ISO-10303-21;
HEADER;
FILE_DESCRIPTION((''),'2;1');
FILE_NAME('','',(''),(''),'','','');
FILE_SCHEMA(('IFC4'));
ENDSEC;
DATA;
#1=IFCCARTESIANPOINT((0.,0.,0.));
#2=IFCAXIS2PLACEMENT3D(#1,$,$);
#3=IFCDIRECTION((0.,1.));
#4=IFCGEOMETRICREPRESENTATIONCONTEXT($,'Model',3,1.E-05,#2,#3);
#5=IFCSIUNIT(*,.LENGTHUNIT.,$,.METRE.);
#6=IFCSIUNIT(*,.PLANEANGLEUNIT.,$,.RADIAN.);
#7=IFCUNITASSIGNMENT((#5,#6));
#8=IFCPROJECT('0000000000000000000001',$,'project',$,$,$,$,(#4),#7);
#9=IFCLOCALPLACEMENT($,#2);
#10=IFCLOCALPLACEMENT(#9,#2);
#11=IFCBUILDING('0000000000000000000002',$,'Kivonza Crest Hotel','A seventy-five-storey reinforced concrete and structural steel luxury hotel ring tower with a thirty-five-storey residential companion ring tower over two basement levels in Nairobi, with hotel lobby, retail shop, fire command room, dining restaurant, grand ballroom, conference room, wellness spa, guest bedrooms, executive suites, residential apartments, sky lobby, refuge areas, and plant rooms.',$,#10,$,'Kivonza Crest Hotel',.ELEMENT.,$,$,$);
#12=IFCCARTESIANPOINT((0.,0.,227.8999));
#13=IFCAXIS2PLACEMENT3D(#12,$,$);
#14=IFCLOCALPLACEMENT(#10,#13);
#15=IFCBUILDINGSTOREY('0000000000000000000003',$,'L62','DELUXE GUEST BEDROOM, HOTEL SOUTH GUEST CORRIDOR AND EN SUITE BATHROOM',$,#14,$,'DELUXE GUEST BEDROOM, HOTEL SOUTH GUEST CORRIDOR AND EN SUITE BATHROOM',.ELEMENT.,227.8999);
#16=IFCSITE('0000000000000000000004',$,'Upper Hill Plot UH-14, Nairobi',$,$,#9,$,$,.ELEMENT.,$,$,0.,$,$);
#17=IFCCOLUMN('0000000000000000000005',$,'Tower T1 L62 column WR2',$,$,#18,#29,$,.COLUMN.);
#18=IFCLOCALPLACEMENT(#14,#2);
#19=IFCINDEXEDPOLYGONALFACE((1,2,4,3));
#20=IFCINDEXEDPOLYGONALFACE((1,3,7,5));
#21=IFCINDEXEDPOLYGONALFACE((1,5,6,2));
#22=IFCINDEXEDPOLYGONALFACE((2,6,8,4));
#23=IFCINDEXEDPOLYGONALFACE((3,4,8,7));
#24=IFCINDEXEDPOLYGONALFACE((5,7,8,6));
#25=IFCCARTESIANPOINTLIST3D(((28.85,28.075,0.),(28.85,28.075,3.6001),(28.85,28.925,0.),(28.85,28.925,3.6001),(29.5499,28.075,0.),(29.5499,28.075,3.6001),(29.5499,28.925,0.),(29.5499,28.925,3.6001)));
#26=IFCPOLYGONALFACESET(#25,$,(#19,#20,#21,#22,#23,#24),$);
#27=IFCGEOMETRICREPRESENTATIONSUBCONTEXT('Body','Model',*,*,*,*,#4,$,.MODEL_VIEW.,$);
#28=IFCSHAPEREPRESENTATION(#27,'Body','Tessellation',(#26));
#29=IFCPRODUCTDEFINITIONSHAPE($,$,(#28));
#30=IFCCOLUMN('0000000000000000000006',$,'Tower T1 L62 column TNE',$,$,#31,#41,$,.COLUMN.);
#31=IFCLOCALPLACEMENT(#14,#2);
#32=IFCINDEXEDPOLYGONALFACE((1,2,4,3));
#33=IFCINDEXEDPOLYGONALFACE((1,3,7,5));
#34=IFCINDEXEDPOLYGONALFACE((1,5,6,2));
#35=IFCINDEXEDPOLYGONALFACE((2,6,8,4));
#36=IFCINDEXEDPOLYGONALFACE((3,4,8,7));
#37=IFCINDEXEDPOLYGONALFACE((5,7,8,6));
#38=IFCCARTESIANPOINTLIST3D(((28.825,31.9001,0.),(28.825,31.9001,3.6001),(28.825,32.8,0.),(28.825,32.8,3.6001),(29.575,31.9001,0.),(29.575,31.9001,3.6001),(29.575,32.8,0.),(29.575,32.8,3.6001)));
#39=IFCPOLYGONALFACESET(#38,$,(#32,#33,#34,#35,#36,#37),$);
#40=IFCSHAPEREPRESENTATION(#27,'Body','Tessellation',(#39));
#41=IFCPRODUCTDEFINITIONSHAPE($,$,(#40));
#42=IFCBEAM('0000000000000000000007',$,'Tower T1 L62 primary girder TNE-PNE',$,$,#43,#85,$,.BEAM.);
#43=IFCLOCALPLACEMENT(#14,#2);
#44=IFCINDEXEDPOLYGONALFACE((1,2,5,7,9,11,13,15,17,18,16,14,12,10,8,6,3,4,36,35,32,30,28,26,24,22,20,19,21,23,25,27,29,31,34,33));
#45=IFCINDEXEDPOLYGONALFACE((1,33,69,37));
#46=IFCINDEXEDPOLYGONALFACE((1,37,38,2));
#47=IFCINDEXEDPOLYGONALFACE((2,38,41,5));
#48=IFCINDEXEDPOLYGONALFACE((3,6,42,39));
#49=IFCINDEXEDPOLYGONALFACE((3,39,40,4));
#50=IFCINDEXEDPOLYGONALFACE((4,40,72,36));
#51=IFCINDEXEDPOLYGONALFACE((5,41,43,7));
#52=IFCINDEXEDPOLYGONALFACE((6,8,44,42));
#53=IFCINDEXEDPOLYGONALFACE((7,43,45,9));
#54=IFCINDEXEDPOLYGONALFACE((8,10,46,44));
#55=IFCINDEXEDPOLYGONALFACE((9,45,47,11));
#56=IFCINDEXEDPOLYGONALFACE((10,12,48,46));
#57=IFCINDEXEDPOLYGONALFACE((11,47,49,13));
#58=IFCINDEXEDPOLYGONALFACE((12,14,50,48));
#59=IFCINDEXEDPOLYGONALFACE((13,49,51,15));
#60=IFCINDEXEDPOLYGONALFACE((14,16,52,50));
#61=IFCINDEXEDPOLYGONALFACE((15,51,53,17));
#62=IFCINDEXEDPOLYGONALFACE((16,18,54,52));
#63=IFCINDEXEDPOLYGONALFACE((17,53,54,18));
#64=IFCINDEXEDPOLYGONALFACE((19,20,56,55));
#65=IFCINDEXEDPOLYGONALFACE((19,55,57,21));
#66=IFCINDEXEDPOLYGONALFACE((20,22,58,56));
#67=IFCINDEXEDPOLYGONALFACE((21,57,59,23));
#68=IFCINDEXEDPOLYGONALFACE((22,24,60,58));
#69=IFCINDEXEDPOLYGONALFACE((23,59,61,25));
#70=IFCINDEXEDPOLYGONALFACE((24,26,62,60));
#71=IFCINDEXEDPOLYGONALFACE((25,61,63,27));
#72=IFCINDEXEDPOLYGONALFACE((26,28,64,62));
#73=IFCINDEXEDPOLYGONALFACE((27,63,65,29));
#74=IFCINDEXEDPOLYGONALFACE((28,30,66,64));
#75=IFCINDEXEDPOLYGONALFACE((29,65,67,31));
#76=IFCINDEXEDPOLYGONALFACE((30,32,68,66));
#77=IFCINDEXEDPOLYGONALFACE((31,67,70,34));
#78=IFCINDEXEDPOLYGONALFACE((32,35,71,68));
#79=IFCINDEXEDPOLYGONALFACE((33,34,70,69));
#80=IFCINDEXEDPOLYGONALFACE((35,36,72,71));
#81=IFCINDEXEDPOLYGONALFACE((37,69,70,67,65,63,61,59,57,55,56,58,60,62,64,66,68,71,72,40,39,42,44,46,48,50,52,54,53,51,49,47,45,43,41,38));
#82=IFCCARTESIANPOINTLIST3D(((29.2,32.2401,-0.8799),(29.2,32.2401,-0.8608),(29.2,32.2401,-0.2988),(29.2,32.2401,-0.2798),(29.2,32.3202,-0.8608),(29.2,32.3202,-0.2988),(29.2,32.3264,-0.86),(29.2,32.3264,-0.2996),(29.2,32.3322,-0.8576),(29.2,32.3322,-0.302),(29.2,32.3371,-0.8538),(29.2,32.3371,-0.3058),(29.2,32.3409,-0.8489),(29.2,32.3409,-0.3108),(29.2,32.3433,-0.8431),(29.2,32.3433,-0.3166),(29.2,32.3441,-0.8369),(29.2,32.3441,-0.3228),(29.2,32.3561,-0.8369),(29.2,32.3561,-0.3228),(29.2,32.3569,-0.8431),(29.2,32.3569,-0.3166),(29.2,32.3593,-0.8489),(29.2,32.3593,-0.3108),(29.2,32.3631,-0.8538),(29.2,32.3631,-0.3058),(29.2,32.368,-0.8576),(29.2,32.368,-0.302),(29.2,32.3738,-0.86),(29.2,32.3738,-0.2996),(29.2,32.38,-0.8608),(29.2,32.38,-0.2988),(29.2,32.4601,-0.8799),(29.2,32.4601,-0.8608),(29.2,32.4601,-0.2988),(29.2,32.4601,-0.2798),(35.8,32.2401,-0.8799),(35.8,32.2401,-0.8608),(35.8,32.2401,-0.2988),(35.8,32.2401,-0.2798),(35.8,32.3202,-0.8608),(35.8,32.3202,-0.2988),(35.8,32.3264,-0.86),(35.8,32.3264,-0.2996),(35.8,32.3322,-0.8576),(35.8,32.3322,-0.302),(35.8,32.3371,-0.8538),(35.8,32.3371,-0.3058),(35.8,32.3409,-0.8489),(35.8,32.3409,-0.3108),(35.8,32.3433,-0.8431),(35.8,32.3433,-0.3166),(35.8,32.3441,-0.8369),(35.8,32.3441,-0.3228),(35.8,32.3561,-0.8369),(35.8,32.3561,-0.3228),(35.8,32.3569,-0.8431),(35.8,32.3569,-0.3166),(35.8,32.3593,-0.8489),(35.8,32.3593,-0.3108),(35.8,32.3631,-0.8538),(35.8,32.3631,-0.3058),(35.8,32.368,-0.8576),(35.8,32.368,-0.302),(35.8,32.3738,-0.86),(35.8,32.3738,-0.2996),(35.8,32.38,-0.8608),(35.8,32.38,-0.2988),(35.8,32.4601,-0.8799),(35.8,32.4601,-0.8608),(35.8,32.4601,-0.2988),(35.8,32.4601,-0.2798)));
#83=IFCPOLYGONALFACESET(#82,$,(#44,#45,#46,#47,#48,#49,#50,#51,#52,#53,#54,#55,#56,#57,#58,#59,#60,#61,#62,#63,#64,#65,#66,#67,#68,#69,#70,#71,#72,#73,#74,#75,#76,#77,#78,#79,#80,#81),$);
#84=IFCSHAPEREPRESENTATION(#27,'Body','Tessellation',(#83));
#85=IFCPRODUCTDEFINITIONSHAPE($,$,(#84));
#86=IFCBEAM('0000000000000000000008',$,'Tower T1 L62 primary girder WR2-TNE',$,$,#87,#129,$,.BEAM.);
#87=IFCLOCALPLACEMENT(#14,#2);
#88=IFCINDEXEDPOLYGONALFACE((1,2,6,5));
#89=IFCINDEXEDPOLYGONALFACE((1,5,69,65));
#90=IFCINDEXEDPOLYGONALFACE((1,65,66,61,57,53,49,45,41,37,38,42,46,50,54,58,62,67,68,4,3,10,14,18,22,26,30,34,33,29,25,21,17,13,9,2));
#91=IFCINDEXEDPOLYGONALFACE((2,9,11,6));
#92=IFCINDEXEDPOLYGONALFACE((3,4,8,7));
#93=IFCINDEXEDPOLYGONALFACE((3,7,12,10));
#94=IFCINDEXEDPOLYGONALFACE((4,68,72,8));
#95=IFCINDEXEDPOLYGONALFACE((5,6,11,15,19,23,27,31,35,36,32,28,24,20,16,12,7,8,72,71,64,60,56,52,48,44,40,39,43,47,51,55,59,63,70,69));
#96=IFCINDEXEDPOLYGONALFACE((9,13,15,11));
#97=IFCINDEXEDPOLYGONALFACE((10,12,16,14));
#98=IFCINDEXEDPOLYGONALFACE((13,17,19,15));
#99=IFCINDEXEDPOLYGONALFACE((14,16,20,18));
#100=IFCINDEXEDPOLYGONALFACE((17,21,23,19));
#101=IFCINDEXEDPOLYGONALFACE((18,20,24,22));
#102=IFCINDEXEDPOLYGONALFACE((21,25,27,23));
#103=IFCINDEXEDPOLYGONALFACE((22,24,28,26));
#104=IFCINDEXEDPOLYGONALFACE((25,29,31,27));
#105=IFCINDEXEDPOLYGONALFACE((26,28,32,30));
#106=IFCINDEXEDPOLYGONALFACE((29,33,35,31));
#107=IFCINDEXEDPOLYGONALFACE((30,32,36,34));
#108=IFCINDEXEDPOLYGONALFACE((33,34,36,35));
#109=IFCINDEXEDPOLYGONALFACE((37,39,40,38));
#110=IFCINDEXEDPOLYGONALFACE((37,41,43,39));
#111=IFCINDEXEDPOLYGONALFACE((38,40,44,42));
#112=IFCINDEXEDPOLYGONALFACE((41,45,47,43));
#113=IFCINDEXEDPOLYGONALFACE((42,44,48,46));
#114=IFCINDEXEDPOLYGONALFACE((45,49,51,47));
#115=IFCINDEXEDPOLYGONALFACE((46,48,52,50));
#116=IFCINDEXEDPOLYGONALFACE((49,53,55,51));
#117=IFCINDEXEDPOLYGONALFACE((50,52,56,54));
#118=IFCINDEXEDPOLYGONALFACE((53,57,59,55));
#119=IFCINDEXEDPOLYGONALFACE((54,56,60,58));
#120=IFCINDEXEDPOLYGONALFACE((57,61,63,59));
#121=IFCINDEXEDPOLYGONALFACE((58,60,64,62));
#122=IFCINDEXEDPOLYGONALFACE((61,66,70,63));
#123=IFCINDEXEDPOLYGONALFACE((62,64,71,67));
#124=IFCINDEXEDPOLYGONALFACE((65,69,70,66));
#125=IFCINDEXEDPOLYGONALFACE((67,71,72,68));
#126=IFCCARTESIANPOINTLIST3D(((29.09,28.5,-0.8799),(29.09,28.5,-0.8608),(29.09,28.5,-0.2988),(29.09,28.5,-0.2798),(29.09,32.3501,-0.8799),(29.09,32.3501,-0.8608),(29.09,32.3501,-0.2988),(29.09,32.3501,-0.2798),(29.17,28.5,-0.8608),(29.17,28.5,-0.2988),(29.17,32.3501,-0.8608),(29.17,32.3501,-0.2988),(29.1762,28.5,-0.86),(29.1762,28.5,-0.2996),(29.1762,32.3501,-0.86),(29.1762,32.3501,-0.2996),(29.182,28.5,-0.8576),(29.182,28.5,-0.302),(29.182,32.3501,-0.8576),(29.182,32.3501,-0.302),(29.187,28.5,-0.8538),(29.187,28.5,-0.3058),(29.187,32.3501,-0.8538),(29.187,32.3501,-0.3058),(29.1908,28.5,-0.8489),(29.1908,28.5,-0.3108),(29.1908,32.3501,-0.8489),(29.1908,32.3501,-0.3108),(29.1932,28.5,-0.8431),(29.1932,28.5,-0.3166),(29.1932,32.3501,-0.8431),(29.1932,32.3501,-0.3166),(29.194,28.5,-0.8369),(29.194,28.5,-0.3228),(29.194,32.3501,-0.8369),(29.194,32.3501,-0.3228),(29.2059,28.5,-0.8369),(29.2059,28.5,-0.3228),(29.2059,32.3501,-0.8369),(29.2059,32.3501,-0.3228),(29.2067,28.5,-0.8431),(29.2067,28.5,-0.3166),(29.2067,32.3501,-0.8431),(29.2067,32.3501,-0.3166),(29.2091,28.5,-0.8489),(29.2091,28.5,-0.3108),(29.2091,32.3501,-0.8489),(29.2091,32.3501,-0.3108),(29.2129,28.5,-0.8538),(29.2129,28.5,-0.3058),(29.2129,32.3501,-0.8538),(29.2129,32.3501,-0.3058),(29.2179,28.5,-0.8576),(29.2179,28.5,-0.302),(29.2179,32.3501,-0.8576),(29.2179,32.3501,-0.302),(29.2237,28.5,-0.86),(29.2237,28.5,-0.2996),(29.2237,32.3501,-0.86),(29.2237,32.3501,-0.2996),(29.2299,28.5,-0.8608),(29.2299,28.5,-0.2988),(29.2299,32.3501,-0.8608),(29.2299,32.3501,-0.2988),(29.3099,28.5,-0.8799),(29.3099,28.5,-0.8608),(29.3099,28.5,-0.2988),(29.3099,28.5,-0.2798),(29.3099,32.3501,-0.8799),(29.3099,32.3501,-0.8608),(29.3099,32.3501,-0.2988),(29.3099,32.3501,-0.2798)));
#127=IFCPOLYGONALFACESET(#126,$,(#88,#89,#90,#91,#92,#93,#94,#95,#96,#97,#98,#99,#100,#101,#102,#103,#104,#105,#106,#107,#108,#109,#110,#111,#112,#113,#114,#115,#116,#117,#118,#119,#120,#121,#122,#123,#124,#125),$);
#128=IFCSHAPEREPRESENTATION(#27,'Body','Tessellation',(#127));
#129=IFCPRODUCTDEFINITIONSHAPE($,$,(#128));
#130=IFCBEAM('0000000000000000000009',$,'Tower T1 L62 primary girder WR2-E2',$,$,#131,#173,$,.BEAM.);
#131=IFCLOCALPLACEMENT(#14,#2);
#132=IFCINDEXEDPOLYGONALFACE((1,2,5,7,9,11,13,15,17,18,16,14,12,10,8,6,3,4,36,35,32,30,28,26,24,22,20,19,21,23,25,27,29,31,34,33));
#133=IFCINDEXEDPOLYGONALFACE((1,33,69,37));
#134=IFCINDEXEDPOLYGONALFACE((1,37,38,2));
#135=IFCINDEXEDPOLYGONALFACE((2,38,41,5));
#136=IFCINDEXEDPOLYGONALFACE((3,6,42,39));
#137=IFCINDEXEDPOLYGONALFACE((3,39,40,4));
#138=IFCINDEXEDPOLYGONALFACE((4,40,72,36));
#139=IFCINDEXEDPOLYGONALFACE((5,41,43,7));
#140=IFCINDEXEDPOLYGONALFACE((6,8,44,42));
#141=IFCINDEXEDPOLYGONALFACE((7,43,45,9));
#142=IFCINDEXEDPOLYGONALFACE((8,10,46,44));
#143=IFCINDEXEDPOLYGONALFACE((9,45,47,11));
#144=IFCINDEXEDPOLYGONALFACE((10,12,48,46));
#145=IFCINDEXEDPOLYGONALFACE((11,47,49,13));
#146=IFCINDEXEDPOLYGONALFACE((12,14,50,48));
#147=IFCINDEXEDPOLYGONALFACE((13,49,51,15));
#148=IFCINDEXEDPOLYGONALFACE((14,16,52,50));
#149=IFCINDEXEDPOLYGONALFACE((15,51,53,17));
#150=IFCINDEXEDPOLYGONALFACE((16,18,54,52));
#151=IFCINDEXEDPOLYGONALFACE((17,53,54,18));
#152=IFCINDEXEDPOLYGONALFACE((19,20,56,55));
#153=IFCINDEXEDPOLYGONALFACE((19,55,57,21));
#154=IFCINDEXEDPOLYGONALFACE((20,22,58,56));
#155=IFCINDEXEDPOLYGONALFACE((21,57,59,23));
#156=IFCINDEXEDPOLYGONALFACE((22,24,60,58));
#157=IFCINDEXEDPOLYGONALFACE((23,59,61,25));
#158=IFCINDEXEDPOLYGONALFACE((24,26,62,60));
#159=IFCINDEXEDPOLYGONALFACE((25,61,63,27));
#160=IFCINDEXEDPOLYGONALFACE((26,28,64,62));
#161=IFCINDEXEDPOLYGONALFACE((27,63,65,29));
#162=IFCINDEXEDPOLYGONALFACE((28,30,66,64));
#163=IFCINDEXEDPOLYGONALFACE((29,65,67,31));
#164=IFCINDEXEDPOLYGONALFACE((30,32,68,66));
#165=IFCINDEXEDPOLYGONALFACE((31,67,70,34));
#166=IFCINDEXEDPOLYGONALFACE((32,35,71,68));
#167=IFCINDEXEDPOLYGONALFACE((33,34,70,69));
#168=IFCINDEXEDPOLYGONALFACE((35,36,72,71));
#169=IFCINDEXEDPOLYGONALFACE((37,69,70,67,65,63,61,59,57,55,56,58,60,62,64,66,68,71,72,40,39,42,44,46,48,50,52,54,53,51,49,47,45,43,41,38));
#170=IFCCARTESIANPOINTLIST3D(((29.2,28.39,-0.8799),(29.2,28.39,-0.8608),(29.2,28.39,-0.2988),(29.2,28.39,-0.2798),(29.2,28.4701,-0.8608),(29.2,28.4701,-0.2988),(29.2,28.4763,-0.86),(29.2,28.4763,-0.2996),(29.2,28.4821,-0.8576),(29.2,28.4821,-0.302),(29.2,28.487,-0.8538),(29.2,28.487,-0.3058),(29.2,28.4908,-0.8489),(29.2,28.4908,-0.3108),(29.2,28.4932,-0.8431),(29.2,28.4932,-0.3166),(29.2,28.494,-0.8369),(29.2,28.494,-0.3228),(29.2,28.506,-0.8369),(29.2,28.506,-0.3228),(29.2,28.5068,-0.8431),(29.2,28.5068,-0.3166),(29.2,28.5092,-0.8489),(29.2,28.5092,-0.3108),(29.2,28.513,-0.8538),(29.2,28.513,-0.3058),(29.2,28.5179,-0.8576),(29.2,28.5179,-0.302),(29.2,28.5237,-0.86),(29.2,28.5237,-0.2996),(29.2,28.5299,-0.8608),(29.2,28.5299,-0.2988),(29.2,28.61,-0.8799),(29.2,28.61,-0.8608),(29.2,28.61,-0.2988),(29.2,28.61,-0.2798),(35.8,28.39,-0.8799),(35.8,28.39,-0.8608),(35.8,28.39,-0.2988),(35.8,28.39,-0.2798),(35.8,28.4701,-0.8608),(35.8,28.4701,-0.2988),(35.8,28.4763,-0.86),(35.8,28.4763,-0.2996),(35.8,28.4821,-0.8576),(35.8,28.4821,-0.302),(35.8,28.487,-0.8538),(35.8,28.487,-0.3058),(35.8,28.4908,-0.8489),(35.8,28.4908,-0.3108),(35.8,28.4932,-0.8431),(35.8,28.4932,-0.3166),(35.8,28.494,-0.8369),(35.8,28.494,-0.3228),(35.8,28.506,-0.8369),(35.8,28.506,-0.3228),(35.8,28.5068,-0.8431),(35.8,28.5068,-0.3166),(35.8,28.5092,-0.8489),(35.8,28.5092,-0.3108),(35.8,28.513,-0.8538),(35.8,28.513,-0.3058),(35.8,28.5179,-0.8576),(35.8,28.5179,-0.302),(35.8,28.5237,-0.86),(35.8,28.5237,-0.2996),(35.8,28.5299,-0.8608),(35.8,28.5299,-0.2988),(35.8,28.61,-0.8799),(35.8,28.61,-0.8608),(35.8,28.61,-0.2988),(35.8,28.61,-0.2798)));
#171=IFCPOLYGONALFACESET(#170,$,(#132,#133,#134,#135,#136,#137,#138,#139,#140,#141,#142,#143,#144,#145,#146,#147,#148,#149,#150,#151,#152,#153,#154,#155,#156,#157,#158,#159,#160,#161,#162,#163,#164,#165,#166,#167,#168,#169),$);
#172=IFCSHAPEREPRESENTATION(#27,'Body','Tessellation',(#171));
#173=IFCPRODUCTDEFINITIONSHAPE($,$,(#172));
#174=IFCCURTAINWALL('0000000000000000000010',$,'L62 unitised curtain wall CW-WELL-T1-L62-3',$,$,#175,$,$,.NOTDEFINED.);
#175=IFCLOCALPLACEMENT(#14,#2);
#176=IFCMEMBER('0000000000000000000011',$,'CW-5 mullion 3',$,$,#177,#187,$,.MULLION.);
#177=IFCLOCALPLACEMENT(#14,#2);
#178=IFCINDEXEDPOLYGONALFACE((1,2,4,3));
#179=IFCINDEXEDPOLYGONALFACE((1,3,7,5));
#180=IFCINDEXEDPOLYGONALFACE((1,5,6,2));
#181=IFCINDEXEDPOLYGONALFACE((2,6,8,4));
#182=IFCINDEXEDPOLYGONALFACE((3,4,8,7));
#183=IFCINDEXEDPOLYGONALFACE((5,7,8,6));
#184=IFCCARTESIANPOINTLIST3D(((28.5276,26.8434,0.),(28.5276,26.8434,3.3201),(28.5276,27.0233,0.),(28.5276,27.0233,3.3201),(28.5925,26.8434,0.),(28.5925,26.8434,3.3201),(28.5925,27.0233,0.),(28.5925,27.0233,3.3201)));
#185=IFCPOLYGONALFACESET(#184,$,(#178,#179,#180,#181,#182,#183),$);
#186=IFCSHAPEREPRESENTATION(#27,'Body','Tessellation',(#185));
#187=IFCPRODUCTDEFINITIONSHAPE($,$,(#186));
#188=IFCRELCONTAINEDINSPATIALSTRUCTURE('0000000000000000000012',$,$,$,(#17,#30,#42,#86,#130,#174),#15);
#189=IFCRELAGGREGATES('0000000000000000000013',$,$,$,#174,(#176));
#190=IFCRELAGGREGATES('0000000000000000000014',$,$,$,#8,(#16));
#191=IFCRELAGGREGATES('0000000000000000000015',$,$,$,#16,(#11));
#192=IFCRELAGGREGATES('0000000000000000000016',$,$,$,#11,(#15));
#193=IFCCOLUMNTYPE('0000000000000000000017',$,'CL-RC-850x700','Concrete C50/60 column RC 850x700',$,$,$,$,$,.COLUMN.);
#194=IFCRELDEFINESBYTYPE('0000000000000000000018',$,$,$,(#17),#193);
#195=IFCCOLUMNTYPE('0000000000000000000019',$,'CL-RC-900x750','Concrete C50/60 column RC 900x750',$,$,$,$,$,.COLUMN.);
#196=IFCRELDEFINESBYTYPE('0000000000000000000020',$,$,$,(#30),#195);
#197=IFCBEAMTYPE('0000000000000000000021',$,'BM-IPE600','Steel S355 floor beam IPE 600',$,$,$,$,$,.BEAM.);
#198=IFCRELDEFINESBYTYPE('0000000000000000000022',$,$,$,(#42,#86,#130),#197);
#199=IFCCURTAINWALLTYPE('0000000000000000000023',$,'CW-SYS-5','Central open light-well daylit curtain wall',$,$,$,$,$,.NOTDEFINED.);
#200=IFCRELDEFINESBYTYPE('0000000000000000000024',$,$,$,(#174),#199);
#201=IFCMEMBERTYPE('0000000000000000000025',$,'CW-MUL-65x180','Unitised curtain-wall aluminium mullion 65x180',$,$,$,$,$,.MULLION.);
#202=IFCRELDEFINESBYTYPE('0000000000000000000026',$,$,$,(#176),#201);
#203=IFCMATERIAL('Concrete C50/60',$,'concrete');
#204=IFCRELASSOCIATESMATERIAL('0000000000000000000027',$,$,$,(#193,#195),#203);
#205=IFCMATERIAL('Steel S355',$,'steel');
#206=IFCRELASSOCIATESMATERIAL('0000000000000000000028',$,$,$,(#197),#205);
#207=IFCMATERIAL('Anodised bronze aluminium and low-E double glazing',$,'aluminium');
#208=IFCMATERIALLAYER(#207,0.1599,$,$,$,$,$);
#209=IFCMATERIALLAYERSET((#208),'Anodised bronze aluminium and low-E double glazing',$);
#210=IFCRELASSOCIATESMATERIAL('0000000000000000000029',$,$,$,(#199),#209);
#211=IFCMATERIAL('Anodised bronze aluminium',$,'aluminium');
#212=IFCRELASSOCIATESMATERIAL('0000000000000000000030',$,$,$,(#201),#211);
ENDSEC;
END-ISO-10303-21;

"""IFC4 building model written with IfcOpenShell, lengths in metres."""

from ifc_helpers import new_model, si_unit, direction, frame, origin, origin_2d, place, context, subcontext, project, spatial, rectangle, i_section, extrude, material, layer, layer_set, material_profile, profile_set, type_object, element, aggregate, save


model = new_model("IFC4")

# Units and contexts
model_context = context("Model", 3, precision=1e-05, world=origin(), true_north=direction((0.0, 1.0)))
body_context = subcontext(model_context, "Body", "Model", "MODEL_VIEW")
ifc_project = project(units=[si_unit("LENGTHUNIT", "METRE"), si_unit("PLANEANGLEUNIT", "RADIAN")], contexts=[model_context])

# Site, building, storey
site_placement = place(None, origin())
site = spatial("IfcSite", under=ifc_project, at=site_placement, Name="Upper Hill Plot UH-14, Nairobi", CompositionType="ELEMENT", RefElevation=0.0)
building_placement = place(site_placement, origin())
building = spatial("IfcBuilding", under=site, at=building_placement, Name="Kivonza Crest Hotel", Description="A seventy-five-storey reinforced concrete and structural steel luxury hotel ring tower with a thirty-five-storey residential companion ring tower over two basement levels in Nairobi, with hotel lobby, retail shop, fire command room, dining restaurant, grand ballroom, conference room, wellness spa, guest bedrooms, executive suites, residential apartments, sky lobby, refuge areas, and plant rooms.", LongName="Kivonza Crest Hotel", CompositionType="ELEMENT")
storey_placement = place(building_placement, frame((0.0, 0.0, 227.8999)))
storey = spatial("IfcBuildingStorey", under=building, at=storey_placement, Name="L62", Description="DELUXE GUEST BEDROOM, HOTEL SOUTH GUEST CORRIDOR AND EN SUITE BATHROOM", LongName="DELUXE GUEST BEDROOM, HOTEL SOUTH GUEST CORRIDOR AND EN SUITE BATHROOM", CompositionType="ELEMENT", Elevation=227.8999)

# Columns
ifc_material_1 = material(Name="Concrete C50/60", Category="concrete")
ifc_material_profile_1 = material_profile(ifc_material_1, rectangle(XDim=0.7, YDim=0.8501, at=origin_2d()), Name="RC 850x700")
ifc_profile_set_1 = profile_set([ifc_material_profile_1], Name="Concrete C50/60")
column_type_1 = type_object("IfcColumnType", Name="CL-RC-850x700", Description="Concrete C50/60 column RC 850x700", PredefinedType="COLUMN", material=ifc_profile_set_1)
column_1_placement = place(storey_placement, frame((29.2, 28.5, 0.0), z_axis=(0.0, 0.0, 1.0), x_axis=(1.0, 0.0, 0.0)))
element("IfcColumn", 1, at=column_1_placement, inside=storey, type_object=column_type_1, Name="Tower T1 L62 column WR2", PredefinedType="COLUMN", context=body_context, shape_type="SweptSolid", body=[
    extrude(rectangle(XDim=0.7, YDim=0.8501, at=origin_2d()), origin(), (0.0, 0.0, 1.0), 3.6001),
])
ifc_material_profile_2 = material_profile(ifc_material_1, rectangle(XDim=0.75, YDim=0.8999, at=origin_2d()), Name="RC 900x750")
ifc_profile_set_2 = profile_set([ifc_material_profile_2], Name="Concrete C50/60")
column_type_2 = type_object("IfcColumnType", Name="CL-RC-900x750", Description="Concrete C50/60 column RC 900x750", PredefinedType="COLUMN", material=ifc_profile_set_2)
column_2_placement = place(storey_placement, frame((29.2, 32.3501, 0.0), z_axis=(0.0, 0.0, 1.0), x_axis=(1.0, 0.0, 0.0)))
element("IfcColumn", 2, at=column_2_placement, inside=storey, type_object=column_type_2, Name="Tower T1 L62 column TNE", PredefinedType="COLUMN", context=body_context, shape_type="SweptSolid", body=[
    extrude(rectangle(XDim=0.75, YDim=0.8999, at=origin_2d()), origin(), (0.0, 0.0, 1.0), 3.6001),
])

# Beams
ifc_material_2 = material(Name="Steel S355", Category="steel")
ifc_material_profile_3 = material_profile(ifc_material_2, i_section(OverallWidth=0.22, OverallDepth=0.6001, WebThickness=0.012, FlangeThickness=0.019, FilletRadius=0.0239, at=origin_2d()), Name="IPE 600")
ifc_profile_set_3 = profile_set([ifc_material_profile_3], Name="Steel S355")
beam_type = type_object("IfcBeamType", Name="BM-IPE600", Description="Steel S355 floor beam IPE 600", PredefinedType="BEAM", material=ifc_profile_set_3)
beam_1_placement = place(storey_placement, frame((29.2, 32.3501, -0.5798), z_axis=(1.0, 0.0, 0.0), x_axis=(0.0, 1.0, 0.0)))
element("IfcBeam", 3, at=beam_1_placement, inside=storey, type_object=beam_type, Name="Tower T1 L62 primary girder TNE-PNE", PredefinedType="BEAM", context=body_context, shape_type="SweptSolid", body=[
    extrude(i_section(OverallWidth=0.22, OverallDepth=0.6001, WebThickness=0.012, FlangeThickness=0.019, FilletRadius=0.0239, at=origin_2d()), origin(), (0.0, 0.0, 1.0), 6.6001),
])
beam_2_placement = place(storey_placement, frame((29.2, 28.5, -0.5798), z_axis=(0.0, 1.0, 0.0), x_axis=(-1.0, 0.0, 0.0)))
element("IfcBeam", 4, at=beam_2_placement, inside=storey, type_object=beam_type, Name="Tower T1 L62 primary girder WR2-TNE", PredefinedType="BEAM", context=body_context, shape_type="SweptSolid", body=[
    extrude(i_section(OverallWidth=0.22, OverallDepth=0.6001, WebThickness=0.012, FlangeThickness=0.019, FilletRadius=0.0239, at=origin_2d()), origin(), (0.0, 0.0, 1.0), 3.8501),
])
beam_3_placement = place(storey_placement, frame((29.2, 28.5, -0.5798), z_axis=(1.0, 0.0, 0.0), x_axis=(0.0, 1.0, 0.0)))
element("IfcBeam", 5, at=beam_3_placement, inside=storey, type_object=beam_type, Name="Tower T1 L62 primary girder WR2-E2", PredefinedType="BEAM", context=body_context, shape_type="SweptSolid", body=[
    extrude(i_section(OverallWidth=0.22, OverallDepth=0.6001, WebThickness=0.012, FlangeThickness=0.019, FilletRadius=0.0239, at=origin_2d()), origin(), (0.0, 0.0, 1.0), 6.6001),
])

# Curtain wall, member
ifc_material_3 = material(Name="Anodised bronze aluminium and low-E double glazing", Category="aluminium")
ifc_layer_1 = layer(ifc_material_3, 0.1599)
ifc_layer_set_1 = layer_set([ifc_layer_1], Name="Anodised bronze aluminium and low-E double glazing")
curtain_wall_type = type_object("IfcCurtainWallType", Name="CW-SYS-5", Description="Central open light-well daylit curtain wall", PredefinedType="NOTDEFINED", material=ifc_layer_set_1)
curtain_wall_placement = place(storey_placement, origin())
curtain_wall = element("IfcCurtainWall", 6, at=curtain_wall_placement, inside=storey, type_object=curtain_wall_type, Name="L62 unitised curtain wall CW-WELL-T1-L62-3", PredefinedType="NOTDEFINED")
ifc_material_4 = material(Name="Anodised bronze aluminium", Category="aluminium")
ifc_material_profile_4 = material_profile(ifc_material_4, rectangle(XDim=0.0649, YDim=0.1799, at=origin_2d()), Name="CW-M 65x180")
ifc_profile_set_4 = profile_set([ifc_material_profile_4], Name="Anodised bronze aluminium")
member_type_1 = type_object("IfcMemberType", Name="CW-MUL-65x180", Description="Unitised curtain-wall aluminium mullion 65x180", PredefinedType="MULLION", material=ifc_profile_set_4)
member_1_placement = place(storey_placement, frame((28.5601, 26.9333, 0.0), z_axis=(0.0, 0.0, 1.0), x_axis=(-1.0, 0.0, 0.0)))
member_1 = element("IfcMember", 7, at=member_1_placement, type_object=member_type_1, Name="CW-5 mullion 3", PredefinedType="MULLION", context=body_context, shape_type="SweptSolid", body=[
    extrude(rectangle(XDim=0.0649, YDim=0.1799, at=origin_2d()), origin(), (0.0, 0.0, 1.0), 3.3201),
])
aggregate(curtain_wall, [member_1])

save(model, "model.ifc")
